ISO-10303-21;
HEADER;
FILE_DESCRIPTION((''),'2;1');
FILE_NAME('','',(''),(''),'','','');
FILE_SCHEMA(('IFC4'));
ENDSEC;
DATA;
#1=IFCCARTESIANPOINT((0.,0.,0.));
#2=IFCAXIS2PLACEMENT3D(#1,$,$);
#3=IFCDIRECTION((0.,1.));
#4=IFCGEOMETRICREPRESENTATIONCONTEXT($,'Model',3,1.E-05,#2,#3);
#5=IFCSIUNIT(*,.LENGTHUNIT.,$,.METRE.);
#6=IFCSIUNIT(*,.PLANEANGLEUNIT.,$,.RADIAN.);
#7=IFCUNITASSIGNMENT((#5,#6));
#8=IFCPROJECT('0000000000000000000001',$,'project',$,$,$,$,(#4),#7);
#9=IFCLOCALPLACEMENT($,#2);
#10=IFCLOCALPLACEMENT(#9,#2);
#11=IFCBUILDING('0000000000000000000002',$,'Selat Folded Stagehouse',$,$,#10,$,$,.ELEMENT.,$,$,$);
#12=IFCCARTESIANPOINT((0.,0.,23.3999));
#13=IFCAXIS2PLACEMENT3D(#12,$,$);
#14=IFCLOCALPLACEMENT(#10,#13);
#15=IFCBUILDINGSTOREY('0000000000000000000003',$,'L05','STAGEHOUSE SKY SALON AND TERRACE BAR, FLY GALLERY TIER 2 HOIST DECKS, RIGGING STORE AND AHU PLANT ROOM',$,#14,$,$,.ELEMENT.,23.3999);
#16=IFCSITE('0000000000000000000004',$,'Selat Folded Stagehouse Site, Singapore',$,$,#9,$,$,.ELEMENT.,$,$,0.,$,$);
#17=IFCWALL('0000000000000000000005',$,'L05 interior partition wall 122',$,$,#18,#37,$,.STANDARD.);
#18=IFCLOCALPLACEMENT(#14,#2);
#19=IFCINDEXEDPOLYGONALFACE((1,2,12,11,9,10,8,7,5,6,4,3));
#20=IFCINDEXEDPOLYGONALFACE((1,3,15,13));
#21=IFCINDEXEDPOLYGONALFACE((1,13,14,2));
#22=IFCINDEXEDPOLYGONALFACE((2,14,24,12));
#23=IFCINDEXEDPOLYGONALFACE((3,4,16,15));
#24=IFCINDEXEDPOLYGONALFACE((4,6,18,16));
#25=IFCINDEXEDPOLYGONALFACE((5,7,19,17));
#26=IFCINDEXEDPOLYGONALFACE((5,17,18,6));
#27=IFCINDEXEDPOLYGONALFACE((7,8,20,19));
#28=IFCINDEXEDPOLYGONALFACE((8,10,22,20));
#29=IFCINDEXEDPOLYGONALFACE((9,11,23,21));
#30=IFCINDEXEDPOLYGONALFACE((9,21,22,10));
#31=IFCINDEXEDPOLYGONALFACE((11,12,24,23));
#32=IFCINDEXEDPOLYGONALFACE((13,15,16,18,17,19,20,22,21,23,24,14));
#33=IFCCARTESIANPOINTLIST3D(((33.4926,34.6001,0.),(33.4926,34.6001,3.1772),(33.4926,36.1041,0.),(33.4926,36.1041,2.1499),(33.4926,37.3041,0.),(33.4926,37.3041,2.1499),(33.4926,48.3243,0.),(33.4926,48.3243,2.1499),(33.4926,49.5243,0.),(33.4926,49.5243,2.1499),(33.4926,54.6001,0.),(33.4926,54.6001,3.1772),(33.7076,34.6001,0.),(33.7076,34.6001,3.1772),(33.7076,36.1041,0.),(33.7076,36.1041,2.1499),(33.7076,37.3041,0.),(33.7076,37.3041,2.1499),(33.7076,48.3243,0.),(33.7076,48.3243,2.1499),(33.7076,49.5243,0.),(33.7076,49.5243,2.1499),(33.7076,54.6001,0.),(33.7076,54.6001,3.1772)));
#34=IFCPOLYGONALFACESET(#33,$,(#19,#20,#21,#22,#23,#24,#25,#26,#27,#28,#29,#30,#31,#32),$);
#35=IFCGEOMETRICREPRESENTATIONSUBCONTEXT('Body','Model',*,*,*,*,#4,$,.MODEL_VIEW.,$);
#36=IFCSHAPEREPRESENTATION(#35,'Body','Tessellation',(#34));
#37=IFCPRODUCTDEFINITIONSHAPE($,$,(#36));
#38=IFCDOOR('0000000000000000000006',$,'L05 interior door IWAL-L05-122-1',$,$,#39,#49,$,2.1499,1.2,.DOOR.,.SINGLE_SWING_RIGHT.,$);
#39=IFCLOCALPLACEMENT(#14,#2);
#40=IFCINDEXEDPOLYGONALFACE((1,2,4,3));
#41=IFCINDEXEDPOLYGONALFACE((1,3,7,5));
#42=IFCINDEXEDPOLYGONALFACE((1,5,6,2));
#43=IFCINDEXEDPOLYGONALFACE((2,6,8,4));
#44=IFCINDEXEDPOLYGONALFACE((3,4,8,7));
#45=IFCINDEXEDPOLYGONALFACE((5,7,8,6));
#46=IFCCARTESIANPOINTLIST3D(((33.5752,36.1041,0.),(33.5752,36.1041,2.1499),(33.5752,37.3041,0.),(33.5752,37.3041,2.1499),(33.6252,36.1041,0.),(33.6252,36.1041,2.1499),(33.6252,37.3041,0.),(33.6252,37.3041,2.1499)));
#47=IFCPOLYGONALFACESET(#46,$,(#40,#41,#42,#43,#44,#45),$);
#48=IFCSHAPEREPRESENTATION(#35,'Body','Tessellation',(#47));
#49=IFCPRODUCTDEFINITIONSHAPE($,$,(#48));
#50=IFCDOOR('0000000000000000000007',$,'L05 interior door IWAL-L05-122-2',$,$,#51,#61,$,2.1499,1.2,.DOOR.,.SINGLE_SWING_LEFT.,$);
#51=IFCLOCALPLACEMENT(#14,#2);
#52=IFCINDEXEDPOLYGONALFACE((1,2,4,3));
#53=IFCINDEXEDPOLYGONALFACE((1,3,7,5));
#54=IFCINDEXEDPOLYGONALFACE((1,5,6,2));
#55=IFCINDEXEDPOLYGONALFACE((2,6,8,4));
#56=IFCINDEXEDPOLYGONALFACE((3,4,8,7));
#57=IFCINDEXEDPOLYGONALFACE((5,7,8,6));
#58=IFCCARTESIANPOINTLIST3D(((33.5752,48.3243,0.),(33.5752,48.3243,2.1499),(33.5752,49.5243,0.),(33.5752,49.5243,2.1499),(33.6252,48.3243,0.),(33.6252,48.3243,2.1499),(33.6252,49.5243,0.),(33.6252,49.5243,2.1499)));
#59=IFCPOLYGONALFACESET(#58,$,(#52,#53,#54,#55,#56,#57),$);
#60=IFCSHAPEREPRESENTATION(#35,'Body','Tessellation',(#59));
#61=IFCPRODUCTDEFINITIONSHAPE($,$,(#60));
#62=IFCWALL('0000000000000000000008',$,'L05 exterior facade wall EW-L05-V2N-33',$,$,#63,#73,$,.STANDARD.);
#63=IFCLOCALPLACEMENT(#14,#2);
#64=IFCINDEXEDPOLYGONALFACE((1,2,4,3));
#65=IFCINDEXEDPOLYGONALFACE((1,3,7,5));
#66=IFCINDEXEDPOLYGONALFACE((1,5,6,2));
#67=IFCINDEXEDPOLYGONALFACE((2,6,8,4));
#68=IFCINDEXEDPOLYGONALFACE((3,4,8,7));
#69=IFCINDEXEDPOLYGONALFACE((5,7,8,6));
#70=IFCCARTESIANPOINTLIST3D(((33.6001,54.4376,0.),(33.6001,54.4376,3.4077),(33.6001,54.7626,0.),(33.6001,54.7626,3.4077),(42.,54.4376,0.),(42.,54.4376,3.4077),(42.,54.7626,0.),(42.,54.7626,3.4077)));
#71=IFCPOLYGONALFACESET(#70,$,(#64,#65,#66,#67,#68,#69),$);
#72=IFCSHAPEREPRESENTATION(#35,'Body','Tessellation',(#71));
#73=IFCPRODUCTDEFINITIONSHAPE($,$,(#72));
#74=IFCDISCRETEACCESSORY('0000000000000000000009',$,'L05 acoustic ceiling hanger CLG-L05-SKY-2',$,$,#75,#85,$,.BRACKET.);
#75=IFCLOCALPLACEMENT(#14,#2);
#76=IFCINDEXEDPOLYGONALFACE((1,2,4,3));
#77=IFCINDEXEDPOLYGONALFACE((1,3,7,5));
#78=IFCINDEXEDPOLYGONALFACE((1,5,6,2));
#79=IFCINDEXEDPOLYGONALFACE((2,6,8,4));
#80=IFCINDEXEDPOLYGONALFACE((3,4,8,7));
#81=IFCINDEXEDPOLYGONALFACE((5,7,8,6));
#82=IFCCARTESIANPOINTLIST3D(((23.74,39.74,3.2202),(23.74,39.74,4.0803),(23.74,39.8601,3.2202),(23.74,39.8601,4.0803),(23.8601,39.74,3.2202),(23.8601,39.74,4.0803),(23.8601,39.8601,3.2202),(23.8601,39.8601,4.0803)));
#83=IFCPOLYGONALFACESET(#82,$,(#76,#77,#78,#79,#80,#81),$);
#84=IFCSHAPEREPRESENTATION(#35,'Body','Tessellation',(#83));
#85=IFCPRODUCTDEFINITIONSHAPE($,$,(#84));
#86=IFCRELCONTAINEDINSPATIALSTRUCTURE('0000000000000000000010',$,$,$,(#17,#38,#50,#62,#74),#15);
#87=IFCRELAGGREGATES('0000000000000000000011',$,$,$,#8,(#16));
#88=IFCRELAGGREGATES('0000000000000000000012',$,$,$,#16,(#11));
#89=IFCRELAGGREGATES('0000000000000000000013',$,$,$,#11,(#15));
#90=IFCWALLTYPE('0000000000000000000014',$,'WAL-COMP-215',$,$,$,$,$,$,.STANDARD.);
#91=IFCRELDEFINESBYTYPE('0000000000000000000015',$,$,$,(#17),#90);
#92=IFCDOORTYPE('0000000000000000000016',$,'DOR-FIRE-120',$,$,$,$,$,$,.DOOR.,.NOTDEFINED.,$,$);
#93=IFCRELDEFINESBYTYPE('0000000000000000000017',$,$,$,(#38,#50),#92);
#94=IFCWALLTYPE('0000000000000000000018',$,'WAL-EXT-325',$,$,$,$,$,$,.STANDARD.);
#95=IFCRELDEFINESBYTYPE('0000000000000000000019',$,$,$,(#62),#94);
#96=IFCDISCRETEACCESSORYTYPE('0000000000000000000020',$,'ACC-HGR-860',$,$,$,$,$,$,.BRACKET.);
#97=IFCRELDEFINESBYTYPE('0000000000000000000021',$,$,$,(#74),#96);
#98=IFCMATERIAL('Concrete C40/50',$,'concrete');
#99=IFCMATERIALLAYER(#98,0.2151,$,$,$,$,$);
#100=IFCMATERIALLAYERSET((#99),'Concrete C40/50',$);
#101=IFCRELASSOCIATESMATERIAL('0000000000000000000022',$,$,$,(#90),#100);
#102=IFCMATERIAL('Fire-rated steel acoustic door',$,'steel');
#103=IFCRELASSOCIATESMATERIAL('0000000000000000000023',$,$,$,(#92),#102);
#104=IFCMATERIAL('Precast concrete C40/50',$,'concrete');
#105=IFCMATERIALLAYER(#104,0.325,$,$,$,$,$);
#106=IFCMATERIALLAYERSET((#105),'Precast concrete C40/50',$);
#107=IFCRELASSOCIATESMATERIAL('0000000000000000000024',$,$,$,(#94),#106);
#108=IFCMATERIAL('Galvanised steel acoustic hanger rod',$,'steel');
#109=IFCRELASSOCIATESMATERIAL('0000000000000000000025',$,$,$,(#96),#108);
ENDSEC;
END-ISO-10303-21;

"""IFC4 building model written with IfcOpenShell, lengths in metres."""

from ifc_helpers import new_model, si_unit, direction, frame, frame_2d, origin, origin_2d, place, context, subcontext, project, spatial, rectangle, extrude, material, layer, layer_set, type_object, element, fill, save


model = new_model("IFC4")

# Units and contexts
model_context = context("Model", 3, precision=1e-05, world=origin(), true_north=direction((0.0, 1.0)))
body_context = subcontext(model_context, "Body", "Model", "MODEL_VIEW")
ifc_project = project(units=[si_unit("LENGTHUNIT", "METRE"), si_unit("PLANEANGLEUNIT", "RADIAN")], contexts=[model_context])

# Site, building, storey
site_placement = place(None, origin())
site = spatial("IfcSite", under=ifc_project, at=site_placement, Name="Selat Folded Stagehouse Site, Singapore", CompositionType="ELEMENT", RefElevation=0.0)
building_placement = place(site_placement, origin())
building = spatial("IfcBuilding", under=site, at=building_placement, Name="Selat Folded Stagehouse", CompositionType="ELEMENT")
storey_placement = place(building_placement, frame((0.0, 0.0, 23.3999)))
storey = spatial("IfcBuildingStorey", under=building, at=storey_placement, Name="L05", Description="STAGEHOUSE SKY SALON AND TERRACE BAR, FLY GALLERY TIER 2 HOIST DECKS, RIGGING STORE AND AHU PLANT ROOM", CompositionType="ELEMENT", Elevation=23.3999)

# Shared definitions
ifc_material_1 = material(Name="Concrete C40/50", Category="concrete")

# Wall, openings, doors
ifc_layer_1 = layer(ifc_material_1, 0.2151)
ifc_layer_set_1 = layer_set([ifc_layer_1], Name="Concrete C40/50")
wall_type_1 = type_object("IfcWallType", Name="WAL-COMP-215", PredefinedType="STANDARD", material=ifc_layer_set_1)
wall_1_placement = place(storey_placement, frame((33.6001, 34.6001, 0.0), z_axis=(0.0, 0.0, 1.0), x_axis=(0.0, 1.0, 0.0)))
wall_1 = element("IfcWall", 1, at=wall_1_placement, inside=storey, type_object=wall_type_1, Name="L05 interior partition wall 122", PredefinedType="STANDARD", context=body_context, shape_type="SweptSolid", body=[
    extrude(rectangle(XDim=20.0, YDim=0.2151, at=frame_2d((10.0, 0.0))), origin(), (0.0, 0.0, 1.0), 3.1772),
])
opening_1_placement = place(wall_1_placement, frame((1.5039, 0.0, 0.0)))
opening_1 = element("IfcOpeningElement", 2, at=opening_1_placement, cuts=wall_1, PredefinedType="OPENING", context=body_context, shape_type="SweptSolid", body=[
    extrude(rectangle(XDim=1.2, YDim=2.1499, at=frame_2d((0.6001, 1.075))), frame((0.0, 0.1174, 0.0), z_axis=(0.0, -1.0, 0.0), x_axis=(1.0, 0.0, 0.0)), (0.0, 0.0, 1.0), 0.2351),
])
opening_2_placement = place(wall_1_placement, frame((13.7241, 0.0, 0.0)))
opening_2 = element("IfcOpeningElement", 3, at=opening_2_placement, cuts=wall_1, PredefinedType="OPENING", context=body_context, shape_type="SweptSolid", body=[
    extrude(rectangle(XDim=1.2, YDim=2.1499, at=frame_2d((0.6001, 1.075))), frame((0.0, 0.1174, 0.0), z_axis=(0.0, -1.0, 0.0), x_axis=(1.0, 0.0, 0.0)), (0.0, 0.0, 1.0), 0.2351),
])
ifc_material_2 = material(Name="Fire-rated steel acoustic door", Category="steel")
door_type_1 = type_object("IfcDoorType", Name="DOR-FIRE-120", OperationType="NOTDEFINED", PredefinedType="DOOR", material=ifc_material_2)
door_1_placement = place(opening_1_placement, origin())
door_1 = element("IfcDoor", 4, at=door_1_placement, inside=storey, type_object=door_type_1, Name="L05 interior door IWAL-L05-122-1", OperationType="SINGLE_SWING_RIGHT", OverallHeight=2.1499, OverallWidth=1.2, PredefinedType="DOOR", context=body_context, shape_type="SweptSolid", body=[
    extrude(rectangle(XDim=1.2, YDim=2.1499, at=frame_2d((0.6001, 1.075))), frame((0.0, 0.0249, 0.0), z_axis=(0.0, -1.0, 0.0), x_axis=(1.0, 0.0, 0.0)), (0.0, 0.0, 1.0), 0.05),
])
fill(opening_1, door_1)
door_2_placement = place(opening_2_placement, origin())
door_2 = element("IfcDoor", 5, at=door_2_placement, inside=storey, type_object=door_type_1, Name="L05 interior door IWAL-L05-122-2", OperationType="SINGLE_SWING_LEFT", OverallHeight=2.1499, OverallWidth=1.2, PredefinedType="DOOR", context=body_context, shape_type="SweptSolid", body=[
    extrude(rectangle(XDim=1.2, YDim=2.1499, at=frame_2d((0.6001, 1.075))), frame((0.0, 0.0249, 0.0), z_axis=(0.0, -1.0, 0.0), x_axis=(1.0, 0.0, 0.0)), (0.0, 0.0, 1.0), 0.05),
])
fill(opening_2, door_2)

# Wall
ifc_material_3 = material(Name="Precast concrete C40/50", Category="concrete")
ifc_layer_2 = layer(ifc_material_3, 0.325)
ifc_layer_set_2 = layer_set([ifc_layer_2], Name="Precast concrete C40/50")
wall_type_2 = type_object("IfcWallType", Name="WAL-EXT-325", PredefinedType="STANDARD", material=ifc_layer_set_2)
wall_2_placement = place(storey_placement, frame((33.6001, 54.6001, 0.0), z_axis=(0.0, 0.0, 1.0), x_axis=(1.0, 0.0, 0.0)))
element("IfcWall", 6, at=wall_2_placement, inside=storey, type_object=wall_type_2, Name="L05 exterior facade wall EW-L05-V2N-33", PredefinedType="STANDARD", context=body_context, shape_type="SweptSolid", body=[
    extrude(rectangle(XDim=8.3999, YDim=0.325, at=frame_2d((4.2, 0.0))), origin(), (0.0, 0.0, 1.0), 3.4077),
])

# Discrete accessory
ifc_material_4 = material(Name="Galvanised steel acoustic hanger rod", Category="steel")
discrete_accessory_type = type_object("IfcDiscreteAccessoryType", Name="ACC-HGR-860", PredefinedType="BRACKET", material=ifc_material_4)
discrete_accessory_placement = place(storey_placement, frame((23.8, 39.8, 3.2202), z_axis=(0.0, 0.0, 1.0), x_axis=(1.0, 0.0, 0.0)))
element("IfcDiscreteAccessory", 7, at=discrete_accessory_placement, inside=storey, type_object=discrete_accessory_type, Name="L05 acoustic ceiling hanger CLG-L05-SKY-2", PredefinedType="BRACKET", context=body_context, shape_type="SweptSolid", body=[
    extrude(rectangle(XDim=0.1201, YDim=0.1201, at=origin_2d()), origin(), (0.0, 0.0, 1.0), 0.8601),
])

save(model, "model.ifc")
